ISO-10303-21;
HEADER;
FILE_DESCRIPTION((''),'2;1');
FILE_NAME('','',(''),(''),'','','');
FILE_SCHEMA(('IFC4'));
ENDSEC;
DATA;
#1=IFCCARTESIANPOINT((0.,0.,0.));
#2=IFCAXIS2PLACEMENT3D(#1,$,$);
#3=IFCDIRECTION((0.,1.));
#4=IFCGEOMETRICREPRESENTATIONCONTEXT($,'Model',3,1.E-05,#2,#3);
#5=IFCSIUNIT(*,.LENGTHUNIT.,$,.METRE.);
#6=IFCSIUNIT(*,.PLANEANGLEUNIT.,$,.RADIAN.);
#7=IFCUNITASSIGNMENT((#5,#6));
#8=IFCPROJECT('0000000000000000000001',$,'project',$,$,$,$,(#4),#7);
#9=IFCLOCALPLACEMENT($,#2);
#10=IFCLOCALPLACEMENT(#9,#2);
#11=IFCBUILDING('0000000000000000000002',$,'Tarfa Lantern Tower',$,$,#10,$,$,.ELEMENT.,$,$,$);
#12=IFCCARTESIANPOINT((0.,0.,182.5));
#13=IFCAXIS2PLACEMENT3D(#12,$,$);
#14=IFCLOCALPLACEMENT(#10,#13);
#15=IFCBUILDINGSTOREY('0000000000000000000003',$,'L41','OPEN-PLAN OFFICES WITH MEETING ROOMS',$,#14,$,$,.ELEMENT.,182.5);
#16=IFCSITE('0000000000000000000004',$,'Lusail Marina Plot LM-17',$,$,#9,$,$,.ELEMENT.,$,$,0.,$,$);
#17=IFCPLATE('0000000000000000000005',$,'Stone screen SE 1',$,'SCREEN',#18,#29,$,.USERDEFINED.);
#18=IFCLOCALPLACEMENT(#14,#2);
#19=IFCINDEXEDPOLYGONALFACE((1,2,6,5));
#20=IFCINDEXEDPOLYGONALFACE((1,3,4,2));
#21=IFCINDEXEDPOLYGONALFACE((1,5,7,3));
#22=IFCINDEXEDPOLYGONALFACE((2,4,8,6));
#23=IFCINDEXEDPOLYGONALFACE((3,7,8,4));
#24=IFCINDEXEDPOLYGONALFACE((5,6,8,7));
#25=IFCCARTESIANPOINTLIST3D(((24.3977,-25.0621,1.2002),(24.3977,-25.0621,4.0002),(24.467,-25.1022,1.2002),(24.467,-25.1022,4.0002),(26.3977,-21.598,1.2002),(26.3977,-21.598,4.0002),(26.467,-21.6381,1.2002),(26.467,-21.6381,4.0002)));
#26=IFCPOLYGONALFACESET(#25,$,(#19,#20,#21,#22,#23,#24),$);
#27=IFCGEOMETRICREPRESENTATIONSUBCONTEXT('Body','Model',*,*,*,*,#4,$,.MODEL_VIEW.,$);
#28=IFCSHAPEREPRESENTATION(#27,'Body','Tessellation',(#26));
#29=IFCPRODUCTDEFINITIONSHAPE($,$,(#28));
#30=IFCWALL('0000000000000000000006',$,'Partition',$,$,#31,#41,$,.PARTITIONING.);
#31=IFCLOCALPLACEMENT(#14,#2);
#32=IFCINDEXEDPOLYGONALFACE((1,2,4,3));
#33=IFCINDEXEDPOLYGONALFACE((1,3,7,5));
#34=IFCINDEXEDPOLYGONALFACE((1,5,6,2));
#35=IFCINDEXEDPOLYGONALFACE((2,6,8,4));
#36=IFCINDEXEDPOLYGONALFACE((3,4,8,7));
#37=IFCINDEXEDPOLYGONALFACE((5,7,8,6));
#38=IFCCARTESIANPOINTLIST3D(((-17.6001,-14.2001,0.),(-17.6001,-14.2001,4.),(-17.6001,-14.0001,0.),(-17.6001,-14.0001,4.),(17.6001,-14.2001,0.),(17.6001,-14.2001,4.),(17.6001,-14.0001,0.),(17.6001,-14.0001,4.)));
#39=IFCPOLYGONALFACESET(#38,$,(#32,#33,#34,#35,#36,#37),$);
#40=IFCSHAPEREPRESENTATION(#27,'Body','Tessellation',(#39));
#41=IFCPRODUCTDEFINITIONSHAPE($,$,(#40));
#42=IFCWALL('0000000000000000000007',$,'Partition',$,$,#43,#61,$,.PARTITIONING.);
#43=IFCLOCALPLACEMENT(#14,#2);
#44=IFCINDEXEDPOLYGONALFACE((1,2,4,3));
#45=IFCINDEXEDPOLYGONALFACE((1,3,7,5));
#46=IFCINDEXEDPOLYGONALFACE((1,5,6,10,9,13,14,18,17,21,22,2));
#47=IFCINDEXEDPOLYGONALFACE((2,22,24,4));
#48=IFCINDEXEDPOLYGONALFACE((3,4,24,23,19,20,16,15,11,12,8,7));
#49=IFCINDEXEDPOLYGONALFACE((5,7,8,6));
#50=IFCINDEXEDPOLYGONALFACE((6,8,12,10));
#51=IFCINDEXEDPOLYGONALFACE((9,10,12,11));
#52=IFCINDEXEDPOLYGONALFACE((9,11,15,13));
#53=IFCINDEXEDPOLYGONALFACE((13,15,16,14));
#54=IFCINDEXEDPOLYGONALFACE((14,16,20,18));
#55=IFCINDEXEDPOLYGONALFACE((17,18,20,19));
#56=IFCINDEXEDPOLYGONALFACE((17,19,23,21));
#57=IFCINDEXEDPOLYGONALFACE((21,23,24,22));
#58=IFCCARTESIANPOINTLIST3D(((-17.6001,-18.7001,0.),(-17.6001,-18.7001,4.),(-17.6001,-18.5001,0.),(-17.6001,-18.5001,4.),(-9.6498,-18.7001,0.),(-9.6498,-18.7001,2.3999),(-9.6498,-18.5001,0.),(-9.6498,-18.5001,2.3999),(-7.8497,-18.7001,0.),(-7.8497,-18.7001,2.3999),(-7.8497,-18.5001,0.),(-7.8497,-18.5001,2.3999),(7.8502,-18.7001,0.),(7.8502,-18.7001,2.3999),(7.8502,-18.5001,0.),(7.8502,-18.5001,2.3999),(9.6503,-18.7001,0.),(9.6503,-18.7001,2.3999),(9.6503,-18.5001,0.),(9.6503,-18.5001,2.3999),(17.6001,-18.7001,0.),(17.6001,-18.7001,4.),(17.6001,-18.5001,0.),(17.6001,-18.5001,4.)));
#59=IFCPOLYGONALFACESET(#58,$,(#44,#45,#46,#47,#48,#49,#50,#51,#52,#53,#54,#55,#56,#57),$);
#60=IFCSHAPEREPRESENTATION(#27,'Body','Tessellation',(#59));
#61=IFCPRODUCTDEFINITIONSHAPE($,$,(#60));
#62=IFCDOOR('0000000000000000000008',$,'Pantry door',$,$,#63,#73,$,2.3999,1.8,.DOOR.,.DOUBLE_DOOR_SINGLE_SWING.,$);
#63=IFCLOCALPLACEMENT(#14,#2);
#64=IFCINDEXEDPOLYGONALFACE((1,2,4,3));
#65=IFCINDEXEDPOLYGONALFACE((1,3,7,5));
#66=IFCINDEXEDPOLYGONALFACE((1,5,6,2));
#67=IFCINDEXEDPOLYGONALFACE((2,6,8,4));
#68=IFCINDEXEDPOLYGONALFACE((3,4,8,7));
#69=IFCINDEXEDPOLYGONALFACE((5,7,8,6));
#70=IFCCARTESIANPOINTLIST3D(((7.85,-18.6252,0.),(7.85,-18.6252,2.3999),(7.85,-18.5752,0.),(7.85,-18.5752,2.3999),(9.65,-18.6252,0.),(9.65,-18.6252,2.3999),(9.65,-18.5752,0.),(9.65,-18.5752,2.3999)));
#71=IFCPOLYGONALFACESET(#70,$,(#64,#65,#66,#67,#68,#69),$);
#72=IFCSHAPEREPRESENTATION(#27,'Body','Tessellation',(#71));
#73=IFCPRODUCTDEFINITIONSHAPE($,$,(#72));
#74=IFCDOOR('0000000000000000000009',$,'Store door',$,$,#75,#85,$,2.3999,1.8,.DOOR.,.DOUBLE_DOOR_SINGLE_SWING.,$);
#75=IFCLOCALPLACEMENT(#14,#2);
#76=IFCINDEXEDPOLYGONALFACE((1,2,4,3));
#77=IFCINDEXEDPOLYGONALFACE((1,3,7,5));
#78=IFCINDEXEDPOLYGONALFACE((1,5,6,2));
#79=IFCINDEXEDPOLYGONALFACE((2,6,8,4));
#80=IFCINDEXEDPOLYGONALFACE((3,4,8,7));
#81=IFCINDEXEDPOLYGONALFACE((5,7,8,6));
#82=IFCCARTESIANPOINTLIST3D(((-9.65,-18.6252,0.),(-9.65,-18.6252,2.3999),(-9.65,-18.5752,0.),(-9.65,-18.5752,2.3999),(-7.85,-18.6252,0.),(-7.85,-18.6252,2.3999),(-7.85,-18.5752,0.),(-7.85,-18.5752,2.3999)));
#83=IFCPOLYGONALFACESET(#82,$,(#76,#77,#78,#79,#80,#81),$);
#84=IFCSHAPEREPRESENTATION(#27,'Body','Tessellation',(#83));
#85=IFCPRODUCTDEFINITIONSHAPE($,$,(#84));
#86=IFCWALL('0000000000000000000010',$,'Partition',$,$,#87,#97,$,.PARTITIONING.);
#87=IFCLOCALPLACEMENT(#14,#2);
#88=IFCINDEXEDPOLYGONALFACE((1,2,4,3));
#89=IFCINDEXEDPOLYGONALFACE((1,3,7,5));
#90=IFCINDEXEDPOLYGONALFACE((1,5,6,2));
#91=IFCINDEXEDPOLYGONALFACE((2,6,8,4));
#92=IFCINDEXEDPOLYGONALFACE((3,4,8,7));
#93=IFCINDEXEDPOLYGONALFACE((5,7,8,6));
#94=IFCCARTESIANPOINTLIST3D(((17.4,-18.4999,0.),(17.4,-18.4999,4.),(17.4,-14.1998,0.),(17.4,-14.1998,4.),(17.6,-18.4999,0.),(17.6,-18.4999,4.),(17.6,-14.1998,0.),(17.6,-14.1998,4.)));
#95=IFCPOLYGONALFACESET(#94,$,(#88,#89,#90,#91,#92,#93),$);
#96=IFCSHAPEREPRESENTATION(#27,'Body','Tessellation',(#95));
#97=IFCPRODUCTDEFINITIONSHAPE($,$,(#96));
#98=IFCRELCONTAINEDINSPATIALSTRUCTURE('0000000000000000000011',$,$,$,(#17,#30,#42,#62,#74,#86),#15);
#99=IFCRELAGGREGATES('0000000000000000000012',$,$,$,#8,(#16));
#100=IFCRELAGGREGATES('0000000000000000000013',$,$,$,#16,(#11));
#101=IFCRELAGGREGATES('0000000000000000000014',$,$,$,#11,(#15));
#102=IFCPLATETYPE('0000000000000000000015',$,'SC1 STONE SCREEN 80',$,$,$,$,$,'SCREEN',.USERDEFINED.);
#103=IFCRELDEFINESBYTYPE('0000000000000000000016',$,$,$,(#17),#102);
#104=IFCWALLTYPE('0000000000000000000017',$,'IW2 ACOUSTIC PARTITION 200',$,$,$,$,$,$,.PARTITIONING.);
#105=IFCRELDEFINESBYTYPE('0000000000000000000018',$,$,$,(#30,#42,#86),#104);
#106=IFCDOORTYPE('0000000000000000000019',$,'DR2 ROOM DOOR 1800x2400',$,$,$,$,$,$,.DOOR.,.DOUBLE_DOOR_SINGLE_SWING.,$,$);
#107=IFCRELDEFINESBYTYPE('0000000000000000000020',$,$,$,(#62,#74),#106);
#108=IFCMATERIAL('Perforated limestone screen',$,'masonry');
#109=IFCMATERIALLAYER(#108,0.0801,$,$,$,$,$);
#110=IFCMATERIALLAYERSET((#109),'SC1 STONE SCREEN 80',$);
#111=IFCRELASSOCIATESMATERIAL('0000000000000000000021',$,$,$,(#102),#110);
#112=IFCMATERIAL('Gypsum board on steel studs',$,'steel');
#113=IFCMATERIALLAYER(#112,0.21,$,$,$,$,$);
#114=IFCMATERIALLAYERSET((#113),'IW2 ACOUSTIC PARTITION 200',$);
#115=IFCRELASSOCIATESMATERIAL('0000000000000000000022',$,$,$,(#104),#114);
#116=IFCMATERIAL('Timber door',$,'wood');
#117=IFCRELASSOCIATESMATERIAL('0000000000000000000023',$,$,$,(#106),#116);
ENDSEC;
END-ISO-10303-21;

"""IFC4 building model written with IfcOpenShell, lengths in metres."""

from ifc_helpers import new_model, si_unit, direction, frame, frame_2d, origin, origin_2d, place, context, subcontext, project, spatial, rectangle, extrude, material, layer, layer_set, type_object, element, fill, save


model = new_model("IFC4")

# Units and contexts
model_context = context("Model", 3, precision=1e-05, world=origin(), true_north=direction((0.0, 1.0)))
body_context = subcontext(model_context, "Body", "Model", "MODEL_VIEW")
ifc_project = project(units=[si_unit("LENGTHUNIT", "METRE"), si_unit("PLANEANGLEUNIT", "RADIAN")], contexts=[model_context])

# Site, building, storey
site_placement = place(None, origin())
site = spatial("IfcSite", under=ifc_project, at=site_placement, Name="Lusail Marina Plot LM-17", CompositionType="ELEMENT", RefElevation=0.0)
building_placement = place(site_placement, origin())
building = spatial("IfcBuilding", under=site, at=building_placement, Name="Tarfa Lantern Tower", CompositionType="ELEMENT")
storey_placement = place(building_placement, frame((0.0, 0.0, 182.5)))
storey = spatial("IfcBuildingStorey", under=building, at=storey_placement, Name="L41", Description="OPEN-PLAN OFFICES WITH MEETING ROOMS", CompositionType="ELEMENT", Elevation=182.5)

# Plate
ifc_material_1 = material(Name="Perforated limestone screen", Category="masonry")
ifc_layer_1 = layer(ifc_material_1, 0.0801)
ifc_layer_set_1 = layer_set([ifc_layer_1], Name="SC1 STONE SCREEN 80")
plate_type = type_object("IfcPlateType", Name="SC1 STONE SCREEN 80", ElementType="SCREEN", PredefinedType="USERDEFINED", material=ifc_layer_set_1)
plate_placement = place(storey_placement, frame((25.4324, -23.3501, 1.2002), z_axis=(0.0, 0.0, 1.0), x_axis=(0.5, 0.866025, 0.0)))
element("IfcPlate", 1, at=plate_placement, inside=storey, type_object=plate_type, Name="Stone screen SE 1", ObjectType="SCREEN", PredefinedType="USERDEFINED", context=body_context, shape_type="SweptSolid", body=[
    extrude(rectangle(XDim=4.0, YDim=0.0801, at=origin_2d()), origin(), (0.0, 0.0, 1.0), 2.8),
])

# Wall
ifc_material_2 = material(Name="Gypsum board on steel studs", Category="steel")
ifc_layer_2 = layer(ifc_material_2, 0.21)
ifc_layer_set_2 = layer_set([ifc_layer_2], Name="IW2 ACOUSTIC PARTITION 200")
wall_type_1 = type_object("IfcWallType", Name="IW2 ACOUSTIC PARTITION 200", PredefinedType="PARTITIONING", material=ifc_layer_set_2)
wall_1_placement = place(storey_placement, frame((17.6001, -14.1001, 0.0), z_axis=(0.0, 0.0, 1.0), x_axis=(-1.0, 0.0, 0.0)))
element("IfcWall", 2, at=wall_1_placement, inside=storey, type_object=wall_type_1, Name="Partition", PredefinedType="PARTITIONING", context=body_context, shape_type="SweptSolid", body=[
    extrude(rectangle(XDim=35.2002, YDim=0.2, at=frame_2d((17.6001, 0.0))), origin(), (0.0, 0.0, 1.0), 4.0),
])

# Wall, openings, doors
wall_2_placement = place(storey_placement, frame((17.6001, -18.6001, 0.0), z_axis=(0.0, 0.0, 1.0), x_axis=(-1.0, 0.0, 0.0)))
wall_2 = element("IfcWall", 3, at=wall_2_placement, inside=storey, type_object=wall_type_1, Name="Partition", PredefinedType="PARTITIONING", context=body_context, shape_type="SweptSolid", body=[
    extrude(rectangle(XDim=35.2002, YDim=0.2, at=frame_2d((17.6001, 0.0))), origin(), (0.0, 0.0, 1.0), 4.0),
])
opening_1_placement = place(wall_2_placement, frame((7.95, 0.0, 0.0)))
opening_1 = element("IfcOpeningElement", 4, at=opening_1_placement, cuts=wall_2, PredefinedType="OPENING", context=body_context, shape_type="SweptSolid", body=[
    extrude(rectangle(XDim=1.8, YDim=2.3999, at=frame_2d((0.8999, 1.2))), frame((0.0, 0.1099, 0.0), z_axis=(0.0, -1.0, 0.0), x_axis=(1.0, 0.0, 0.0)), (0.0, 0.0, 1.0), 0.22),
])
opening_2_placement = place(wall_2_placement, frame((25.45, 0.0, 0.0)))
opening_2 = element("IfcOpeningElement", 5, at=opening_2_placement, cuts=wall_2, PredefinedType="OPENING", context=body_context, shape_type="SweptSolid", body=[
    extrude(rectangle(XDim=1.8, YDim=2.3999, at=frame_2d((0.8999, 1.2))), frame((0.0, 0.1099, 0.0), z_axis=(0.0, -1.0, 0.0), x_axis=(1.0, 0.0, 0.0)), (0.0, 0.0, 1.0), 0.22),
])
ifc_material_3 = material(Name="Timber door", Category="wood")
door_type_1 = type_object("IfcDoorType", Name="DR2 ROOM DOOR 1800x2400", OperationType="DOUBLE_DOOR_SINGLE_SWING", PredefinedType="DOOR", material=ifc_material_3)
door_1_placement = place(opening_1_placement, frame((1.8, 0.0, 0.0), z_axis=(0.0, 0.0, 1.0), x_axis=(-1.0, 0.0, 0.0)))
door_1 = element("IfcDoor", 6, at=door_1_placement, inside=storey, type_object=door_type_1, Name="Pantry door", OperationType="DOUBLE_DOOR_SINGLE_SWING", OverallHeight=2.3999, OverallWidth=1.8, PredefinedType="DOOR", context=body_context, shape_type="SweptSolid", body=[
    extrude(rectangle(XDim=1.8, YDim=2.3999, at=frame_2d((0.8999, 1.2))), frame((0.0, 0.0249, 0.0), z_axis=(0.0, -1.0, 0.0), x_axis=(1.0, 0.0, 0.0)), (0.0, 0.0, 1.0), 0.05),
])
fill(opening_1, door_1)
door_2_placement = place(opening_2_placement, frame((1.8, 0.0, 0.0), z_axis=(0.0, 0.0, 1.0), x_axis=(-1.0, 0.0, 0.0)))
door_2 = element("IfcDoor", 7, at=door_2_placement, inside=storey, type_object=door_type_1, Name="Store door", OperationType="DOUBLE_DOOR_SINGLE_SWING", OverallHeight=2.3999, OverallWidth=1.8, PredefinedType="DOOR", context=body_context, shape_type="SweptSolid", body=[
    extrude(rectangle(XDim=1.8, YDim=2.3999, at=frame_2d((0.8999, 1.2))), frame((0.0, 0.0249, 0.0), z_axis=(0.0, -1.0, 0.0), x_axis=(1.0, 0.0, 0.0)), (0.0, 0.0, 1.0), 0.05),
])
fill(opening_2, door_2)

# Wall
wall_3_placement = place(storey_placement, frame((17.5, -14.2, 0.0), z_axis=(0.0, 0.0, 1.0), x_axis=(0.0, -1.0, 0.0)))
element("IfcWall", 8, at=wall_3_placement, inside=storey, type_object=wall_type_1, Name="Partition", PredefinedType="PARTITIONING", context=body_context, shape_type="SweptSolid", body=[
    extrude(rectangle(XDim=4.3, YDim=0.2, at=frame_2d((2.1499, 0.0))), origin(), (0.0, 0.0, 1.0), 4.0),
])

save(model, "model.ifc")
